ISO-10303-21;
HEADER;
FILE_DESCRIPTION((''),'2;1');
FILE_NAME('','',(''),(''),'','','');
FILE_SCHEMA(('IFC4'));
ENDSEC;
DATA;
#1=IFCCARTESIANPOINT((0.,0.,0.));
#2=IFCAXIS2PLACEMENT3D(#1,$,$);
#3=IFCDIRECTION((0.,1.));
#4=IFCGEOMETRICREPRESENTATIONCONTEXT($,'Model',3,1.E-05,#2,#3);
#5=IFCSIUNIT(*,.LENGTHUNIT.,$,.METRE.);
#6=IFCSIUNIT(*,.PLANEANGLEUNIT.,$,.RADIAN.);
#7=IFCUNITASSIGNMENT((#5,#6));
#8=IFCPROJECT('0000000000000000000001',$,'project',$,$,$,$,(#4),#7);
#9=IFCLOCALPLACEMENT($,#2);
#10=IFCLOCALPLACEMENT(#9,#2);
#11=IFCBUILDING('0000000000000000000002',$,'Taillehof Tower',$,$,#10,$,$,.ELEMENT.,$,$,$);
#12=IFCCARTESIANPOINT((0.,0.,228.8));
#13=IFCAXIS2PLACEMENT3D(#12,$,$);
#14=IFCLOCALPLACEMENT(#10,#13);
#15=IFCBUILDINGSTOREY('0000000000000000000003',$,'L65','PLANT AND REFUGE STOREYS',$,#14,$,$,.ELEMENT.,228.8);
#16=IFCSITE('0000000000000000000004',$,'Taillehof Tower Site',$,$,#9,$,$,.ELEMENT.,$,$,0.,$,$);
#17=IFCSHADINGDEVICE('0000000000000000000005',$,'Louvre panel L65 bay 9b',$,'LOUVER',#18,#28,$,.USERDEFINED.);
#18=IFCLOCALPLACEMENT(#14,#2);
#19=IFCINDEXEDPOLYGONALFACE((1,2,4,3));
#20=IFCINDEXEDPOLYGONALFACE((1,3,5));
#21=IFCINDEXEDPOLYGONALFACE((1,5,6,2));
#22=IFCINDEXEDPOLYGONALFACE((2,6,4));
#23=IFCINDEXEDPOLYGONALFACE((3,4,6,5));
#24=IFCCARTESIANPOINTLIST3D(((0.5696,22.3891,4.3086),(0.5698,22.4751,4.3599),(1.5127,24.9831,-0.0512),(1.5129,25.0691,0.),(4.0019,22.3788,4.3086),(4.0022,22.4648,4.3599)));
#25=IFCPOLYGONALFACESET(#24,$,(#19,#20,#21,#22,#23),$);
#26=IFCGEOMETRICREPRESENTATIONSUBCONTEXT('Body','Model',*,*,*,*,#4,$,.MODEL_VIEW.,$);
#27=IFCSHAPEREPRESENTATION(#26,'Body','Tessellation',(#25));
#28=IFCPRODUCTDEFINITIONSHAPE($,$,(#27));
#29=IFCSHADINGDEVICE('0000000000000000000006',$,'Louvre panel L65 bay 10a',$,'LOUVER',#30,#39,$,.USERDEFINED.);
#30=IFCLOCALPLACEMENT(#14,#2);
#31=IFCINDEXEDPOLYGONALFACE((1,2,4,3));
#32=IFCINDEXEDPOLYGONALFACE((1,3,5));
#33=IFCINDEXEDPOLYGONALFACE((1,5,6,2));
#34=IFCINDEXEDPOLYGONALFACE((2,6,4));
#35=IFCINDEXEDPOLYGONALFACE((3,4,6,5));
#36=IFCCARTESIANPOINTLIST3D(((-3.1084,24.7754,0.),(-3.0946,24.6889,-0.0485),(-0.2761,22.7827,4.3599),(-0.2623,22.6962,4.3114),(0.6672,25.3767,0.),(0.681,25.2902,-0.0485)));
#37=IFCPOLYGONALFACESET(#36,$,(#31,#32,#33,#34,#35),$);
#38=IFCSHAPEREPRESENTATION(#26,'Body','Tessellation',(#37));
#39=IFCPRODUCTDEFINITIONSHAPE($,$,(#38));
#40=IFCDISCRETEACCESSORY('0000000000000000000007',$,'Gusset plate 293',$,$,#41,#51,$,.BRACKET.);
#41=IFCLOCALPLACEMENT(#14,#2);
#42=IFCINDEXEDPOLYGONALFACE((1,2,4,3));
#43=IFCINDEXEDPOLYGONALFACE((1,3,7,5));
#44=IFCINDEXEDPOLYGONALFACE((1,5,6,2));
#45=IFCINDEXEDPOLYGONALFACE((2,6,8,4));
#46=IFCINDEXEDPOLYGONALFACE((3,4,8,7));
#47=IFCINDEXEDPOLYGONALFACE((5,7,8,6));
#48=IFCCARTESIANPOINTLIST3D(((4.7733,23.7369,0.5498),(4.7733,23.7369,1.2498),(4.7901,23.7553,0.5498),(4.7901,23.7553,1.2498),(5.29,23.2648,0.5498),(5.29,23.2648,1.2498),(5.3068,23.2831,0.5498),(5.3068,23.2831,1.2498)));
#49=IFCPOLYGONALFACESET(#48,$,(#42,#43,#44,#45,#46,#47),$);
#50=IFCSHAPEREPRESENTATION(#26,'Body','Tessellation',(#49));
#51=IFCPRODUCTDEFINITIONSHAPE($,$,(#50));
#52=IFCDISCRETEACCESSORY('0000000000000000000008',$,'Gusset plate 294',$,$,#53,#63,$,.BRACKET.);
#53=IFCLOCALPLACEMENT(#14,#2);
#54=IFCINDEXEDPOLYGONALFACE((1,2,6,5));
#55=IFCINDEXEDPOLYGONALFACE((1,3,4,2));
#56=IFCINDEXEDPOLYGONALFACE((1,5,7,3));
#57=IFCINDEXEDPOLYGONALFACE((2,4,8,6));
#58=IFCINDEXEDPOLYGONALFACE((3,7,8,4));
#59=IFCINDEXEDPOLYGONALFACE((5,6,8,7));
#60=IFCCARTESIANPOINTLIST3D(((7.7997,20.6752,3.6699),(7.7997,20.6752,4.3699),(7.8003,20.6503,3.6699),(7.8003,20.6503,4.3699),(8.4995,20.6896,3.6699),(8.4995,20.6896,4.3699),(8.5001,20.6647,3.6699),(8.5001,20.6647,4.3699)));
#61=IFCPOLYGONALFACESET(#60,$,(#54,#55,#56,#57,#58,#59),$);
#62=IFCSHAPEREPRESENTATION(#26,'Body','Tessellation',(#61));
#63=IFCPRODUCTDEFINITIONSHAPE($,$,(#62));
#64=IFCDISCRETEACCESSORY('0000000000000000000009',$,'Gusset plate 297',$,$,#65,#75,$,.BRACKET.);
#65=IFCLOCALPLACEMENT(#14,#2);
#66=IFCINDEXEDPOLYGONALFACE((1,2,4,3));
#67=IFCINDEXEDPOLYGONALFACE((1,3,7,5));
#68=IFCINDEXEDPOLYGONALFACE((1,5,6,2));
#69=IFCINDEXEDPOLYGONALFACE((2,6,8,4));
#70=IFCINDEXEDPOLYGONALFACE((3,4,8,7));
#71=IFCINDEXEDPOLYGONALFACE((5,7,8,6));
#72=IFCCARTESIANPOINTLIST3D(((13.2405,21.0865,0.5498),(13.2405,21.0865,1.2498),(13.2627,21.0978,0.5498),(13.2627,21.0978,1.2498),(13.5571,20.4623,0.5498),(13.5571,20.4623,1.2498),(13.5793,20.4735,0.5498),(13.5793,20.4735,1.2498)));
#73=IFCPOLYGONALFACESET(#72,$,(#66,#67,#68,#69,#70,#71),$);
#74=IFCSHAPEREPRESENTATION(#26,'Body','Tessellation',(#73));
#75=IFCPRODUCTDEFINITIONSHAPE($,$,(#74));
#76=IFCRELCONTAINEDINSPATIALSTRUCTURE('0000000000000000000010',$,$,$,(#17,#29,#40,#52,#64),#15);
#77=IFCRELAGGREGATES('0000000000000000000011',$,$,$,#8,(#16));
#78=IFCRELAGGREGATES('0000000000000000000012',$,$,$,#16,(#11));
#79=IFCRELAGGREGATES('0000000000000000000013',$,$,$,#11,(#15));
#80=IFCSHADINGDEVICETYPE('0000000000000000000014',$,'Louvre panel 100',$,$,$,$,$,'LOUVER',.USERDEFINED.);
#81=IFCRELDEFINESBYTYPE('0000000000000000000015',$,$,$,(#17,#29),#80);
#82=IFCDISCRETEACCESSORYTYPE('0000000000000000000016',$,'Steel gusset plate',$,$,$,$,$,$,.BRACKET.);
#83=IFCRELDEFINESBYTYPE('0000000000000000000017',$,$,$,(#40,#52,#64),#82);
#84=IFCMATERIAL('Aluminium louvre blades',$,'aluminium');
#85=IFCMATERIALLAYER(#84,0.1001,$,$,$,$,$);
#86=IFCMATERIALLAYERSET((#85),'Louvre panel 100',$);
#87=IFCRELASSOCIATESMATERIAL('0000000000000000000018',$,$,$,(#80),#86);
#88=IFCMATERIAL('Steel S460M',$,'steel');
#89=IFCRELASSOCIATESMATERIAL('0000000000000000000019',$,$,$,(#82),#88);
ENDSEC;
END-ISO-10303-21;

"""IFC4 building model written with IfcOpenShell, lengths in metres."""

from ifc_helpers import new_model, si_unit, direction, frame, origin, origin_2d, place, context, subcontext, project, spatial, polyline, rectangle, outline, extrude, material, layer, layer_set, type_object, element, save


model = new_model("IFC4")

# Units and contexts
model_context = context("Model", 3, precision=1e-05, world=origin(), true_north=direction((0.0, 1.0)))
body_context = subcontext(model_context, "Body", "Model", "MODEL_VIEW")
ifc_project = project(units=[si_unit("LENGTHUNIT", "METRE"), si_unit("PLANEANGLEUNIT", "RADIAN")], contexts=[model_context])

# Site, building, storey
site_placement = place(None, origin())
site = spatial("IfcSite", under=ifc_project, at=site_placement, Name="Taillehof Tower Site", CompositionType="ELEMENT", RefElevation=0.0)
building_placement = place(site_placement, origin())
building = spatial("IfcBuilding", under=site, at=building_placement, Name="Taillehof Tower", CompositionType="ELEMENT")
storey_placement = place(building_placement, frame((0.0, 0.0, 228.8)))
storey = spatial("IfcBuildingStorey", under=building, at=storey_placement, Name="L65", Description="PLANT AND REFUGE STOREYS", CompositionType="ELEMENT", Elevation=228.8)

# Shading devices
ifc_material_1 = material(Name="Aluminium louvre blades", Category="aluminium")
ifc_layer_1 = layer(ifc_material_1, 0.1001)
ifc_layer_set_1 = layer_set([ifc_layer_1], Name="Louvre panel 100")
shading_device_type = type_object("IfcShadingDeviceType", Name="Louvre panel 100", ElementType="LOUVER", PredefinedType="USERDEFINED", material=ifc_layer_set_1)
shading_device_1_placement = place(storey_placement, frame((1.5129, 25.0691, 0.0), z_axis=(0.002567, 0.859147, 0.511723), x_axis=(-0.182771, -0.502702, 0.844918)))
element("IfcShadingDevice", 1, at=shading_device_1_placement, inside=storey, type_object=shading_device_type, Name="Louvre panel L65 bay 9b", ObjectType="LOUVER", PredefinedType="USERDEFINED", context=body_context, shape_type="SweptSolid", body=[
    extrude(outline(polyline([(0.0, 0.0), (5.1601, 0.0), (4.5379, 3.3755), (0.0, 0.0)])), origin(), (0.0, 0.0, -1.0), 0.1001),
])
shading_device_2_placement = place(storey_placement, frame((0.6672, 25.3767, 0.0), z_axis=(-0.137606, 0.864018, 0.484291), x_axis=(-0.987554, -0.157281, 0.0)))
element("IfcShadingDevice", 2, at=shading_device_2_placement, inside=storey, type_object=shading_device_type, Name="Louvre panel L65 bay 10a", ObjectType="LOUVER", PredefinedType="USERDEFINED", context=body_context, shape_type="SweptSolid", body=[
    extrude(outline(polyline([(0.0, 0.0), (3.8232, 0.0), (1.3396, 4.9832), (0.0, 0.0)])), origin(), (0.0, 0.0, -1.0), 0.1001),
])

# Discrete accessories
ifc_material_2 = material(Name="Steel S460M", Category="steel")
discrete_accessory_type = type_object("IfcDiscreteAccessoryType", Name="Steel gusset plate", PredefinedType="BRACKET", material=ifc_material_2)
for number, where, z_axis, x_axis, name in (
    (3, (5.04, 23.51, 0.5498), (0.0, 0.0, 1.0), (-0.738285, 0.674489, 0.0), "Gusset plate 293"),
    (4, (8.1499, 20.6699, 3.6699), (0.0, 0.0, 1.0), (-0.999789, -0.020555, 0.0), "Gusset plate 294"),
    (5, (13.4099, 20.78, 0.5498), (0.0, 0.0, 1.0), (-0.452354, 0.891839, 0.0), "Gusset plate 297"),
):
    element("IfcDiscreteAccessory", number, at=place(storey_placement, frame(where, z_axis=z_axis, x_axis=x_axis)), inside=storey, type_object=discrete_accessory_type, Name=name, PredefinedType="BRACKET", context=body_context, shape_type="SweptSolid", body=[
        extrude(rectangle(XDim=0.7, YDim=0.0249, at=origin_2d()), origin(), (0.0, 0.0, 1.0), 0.7),
    ])

save(model, "model.ifc")
